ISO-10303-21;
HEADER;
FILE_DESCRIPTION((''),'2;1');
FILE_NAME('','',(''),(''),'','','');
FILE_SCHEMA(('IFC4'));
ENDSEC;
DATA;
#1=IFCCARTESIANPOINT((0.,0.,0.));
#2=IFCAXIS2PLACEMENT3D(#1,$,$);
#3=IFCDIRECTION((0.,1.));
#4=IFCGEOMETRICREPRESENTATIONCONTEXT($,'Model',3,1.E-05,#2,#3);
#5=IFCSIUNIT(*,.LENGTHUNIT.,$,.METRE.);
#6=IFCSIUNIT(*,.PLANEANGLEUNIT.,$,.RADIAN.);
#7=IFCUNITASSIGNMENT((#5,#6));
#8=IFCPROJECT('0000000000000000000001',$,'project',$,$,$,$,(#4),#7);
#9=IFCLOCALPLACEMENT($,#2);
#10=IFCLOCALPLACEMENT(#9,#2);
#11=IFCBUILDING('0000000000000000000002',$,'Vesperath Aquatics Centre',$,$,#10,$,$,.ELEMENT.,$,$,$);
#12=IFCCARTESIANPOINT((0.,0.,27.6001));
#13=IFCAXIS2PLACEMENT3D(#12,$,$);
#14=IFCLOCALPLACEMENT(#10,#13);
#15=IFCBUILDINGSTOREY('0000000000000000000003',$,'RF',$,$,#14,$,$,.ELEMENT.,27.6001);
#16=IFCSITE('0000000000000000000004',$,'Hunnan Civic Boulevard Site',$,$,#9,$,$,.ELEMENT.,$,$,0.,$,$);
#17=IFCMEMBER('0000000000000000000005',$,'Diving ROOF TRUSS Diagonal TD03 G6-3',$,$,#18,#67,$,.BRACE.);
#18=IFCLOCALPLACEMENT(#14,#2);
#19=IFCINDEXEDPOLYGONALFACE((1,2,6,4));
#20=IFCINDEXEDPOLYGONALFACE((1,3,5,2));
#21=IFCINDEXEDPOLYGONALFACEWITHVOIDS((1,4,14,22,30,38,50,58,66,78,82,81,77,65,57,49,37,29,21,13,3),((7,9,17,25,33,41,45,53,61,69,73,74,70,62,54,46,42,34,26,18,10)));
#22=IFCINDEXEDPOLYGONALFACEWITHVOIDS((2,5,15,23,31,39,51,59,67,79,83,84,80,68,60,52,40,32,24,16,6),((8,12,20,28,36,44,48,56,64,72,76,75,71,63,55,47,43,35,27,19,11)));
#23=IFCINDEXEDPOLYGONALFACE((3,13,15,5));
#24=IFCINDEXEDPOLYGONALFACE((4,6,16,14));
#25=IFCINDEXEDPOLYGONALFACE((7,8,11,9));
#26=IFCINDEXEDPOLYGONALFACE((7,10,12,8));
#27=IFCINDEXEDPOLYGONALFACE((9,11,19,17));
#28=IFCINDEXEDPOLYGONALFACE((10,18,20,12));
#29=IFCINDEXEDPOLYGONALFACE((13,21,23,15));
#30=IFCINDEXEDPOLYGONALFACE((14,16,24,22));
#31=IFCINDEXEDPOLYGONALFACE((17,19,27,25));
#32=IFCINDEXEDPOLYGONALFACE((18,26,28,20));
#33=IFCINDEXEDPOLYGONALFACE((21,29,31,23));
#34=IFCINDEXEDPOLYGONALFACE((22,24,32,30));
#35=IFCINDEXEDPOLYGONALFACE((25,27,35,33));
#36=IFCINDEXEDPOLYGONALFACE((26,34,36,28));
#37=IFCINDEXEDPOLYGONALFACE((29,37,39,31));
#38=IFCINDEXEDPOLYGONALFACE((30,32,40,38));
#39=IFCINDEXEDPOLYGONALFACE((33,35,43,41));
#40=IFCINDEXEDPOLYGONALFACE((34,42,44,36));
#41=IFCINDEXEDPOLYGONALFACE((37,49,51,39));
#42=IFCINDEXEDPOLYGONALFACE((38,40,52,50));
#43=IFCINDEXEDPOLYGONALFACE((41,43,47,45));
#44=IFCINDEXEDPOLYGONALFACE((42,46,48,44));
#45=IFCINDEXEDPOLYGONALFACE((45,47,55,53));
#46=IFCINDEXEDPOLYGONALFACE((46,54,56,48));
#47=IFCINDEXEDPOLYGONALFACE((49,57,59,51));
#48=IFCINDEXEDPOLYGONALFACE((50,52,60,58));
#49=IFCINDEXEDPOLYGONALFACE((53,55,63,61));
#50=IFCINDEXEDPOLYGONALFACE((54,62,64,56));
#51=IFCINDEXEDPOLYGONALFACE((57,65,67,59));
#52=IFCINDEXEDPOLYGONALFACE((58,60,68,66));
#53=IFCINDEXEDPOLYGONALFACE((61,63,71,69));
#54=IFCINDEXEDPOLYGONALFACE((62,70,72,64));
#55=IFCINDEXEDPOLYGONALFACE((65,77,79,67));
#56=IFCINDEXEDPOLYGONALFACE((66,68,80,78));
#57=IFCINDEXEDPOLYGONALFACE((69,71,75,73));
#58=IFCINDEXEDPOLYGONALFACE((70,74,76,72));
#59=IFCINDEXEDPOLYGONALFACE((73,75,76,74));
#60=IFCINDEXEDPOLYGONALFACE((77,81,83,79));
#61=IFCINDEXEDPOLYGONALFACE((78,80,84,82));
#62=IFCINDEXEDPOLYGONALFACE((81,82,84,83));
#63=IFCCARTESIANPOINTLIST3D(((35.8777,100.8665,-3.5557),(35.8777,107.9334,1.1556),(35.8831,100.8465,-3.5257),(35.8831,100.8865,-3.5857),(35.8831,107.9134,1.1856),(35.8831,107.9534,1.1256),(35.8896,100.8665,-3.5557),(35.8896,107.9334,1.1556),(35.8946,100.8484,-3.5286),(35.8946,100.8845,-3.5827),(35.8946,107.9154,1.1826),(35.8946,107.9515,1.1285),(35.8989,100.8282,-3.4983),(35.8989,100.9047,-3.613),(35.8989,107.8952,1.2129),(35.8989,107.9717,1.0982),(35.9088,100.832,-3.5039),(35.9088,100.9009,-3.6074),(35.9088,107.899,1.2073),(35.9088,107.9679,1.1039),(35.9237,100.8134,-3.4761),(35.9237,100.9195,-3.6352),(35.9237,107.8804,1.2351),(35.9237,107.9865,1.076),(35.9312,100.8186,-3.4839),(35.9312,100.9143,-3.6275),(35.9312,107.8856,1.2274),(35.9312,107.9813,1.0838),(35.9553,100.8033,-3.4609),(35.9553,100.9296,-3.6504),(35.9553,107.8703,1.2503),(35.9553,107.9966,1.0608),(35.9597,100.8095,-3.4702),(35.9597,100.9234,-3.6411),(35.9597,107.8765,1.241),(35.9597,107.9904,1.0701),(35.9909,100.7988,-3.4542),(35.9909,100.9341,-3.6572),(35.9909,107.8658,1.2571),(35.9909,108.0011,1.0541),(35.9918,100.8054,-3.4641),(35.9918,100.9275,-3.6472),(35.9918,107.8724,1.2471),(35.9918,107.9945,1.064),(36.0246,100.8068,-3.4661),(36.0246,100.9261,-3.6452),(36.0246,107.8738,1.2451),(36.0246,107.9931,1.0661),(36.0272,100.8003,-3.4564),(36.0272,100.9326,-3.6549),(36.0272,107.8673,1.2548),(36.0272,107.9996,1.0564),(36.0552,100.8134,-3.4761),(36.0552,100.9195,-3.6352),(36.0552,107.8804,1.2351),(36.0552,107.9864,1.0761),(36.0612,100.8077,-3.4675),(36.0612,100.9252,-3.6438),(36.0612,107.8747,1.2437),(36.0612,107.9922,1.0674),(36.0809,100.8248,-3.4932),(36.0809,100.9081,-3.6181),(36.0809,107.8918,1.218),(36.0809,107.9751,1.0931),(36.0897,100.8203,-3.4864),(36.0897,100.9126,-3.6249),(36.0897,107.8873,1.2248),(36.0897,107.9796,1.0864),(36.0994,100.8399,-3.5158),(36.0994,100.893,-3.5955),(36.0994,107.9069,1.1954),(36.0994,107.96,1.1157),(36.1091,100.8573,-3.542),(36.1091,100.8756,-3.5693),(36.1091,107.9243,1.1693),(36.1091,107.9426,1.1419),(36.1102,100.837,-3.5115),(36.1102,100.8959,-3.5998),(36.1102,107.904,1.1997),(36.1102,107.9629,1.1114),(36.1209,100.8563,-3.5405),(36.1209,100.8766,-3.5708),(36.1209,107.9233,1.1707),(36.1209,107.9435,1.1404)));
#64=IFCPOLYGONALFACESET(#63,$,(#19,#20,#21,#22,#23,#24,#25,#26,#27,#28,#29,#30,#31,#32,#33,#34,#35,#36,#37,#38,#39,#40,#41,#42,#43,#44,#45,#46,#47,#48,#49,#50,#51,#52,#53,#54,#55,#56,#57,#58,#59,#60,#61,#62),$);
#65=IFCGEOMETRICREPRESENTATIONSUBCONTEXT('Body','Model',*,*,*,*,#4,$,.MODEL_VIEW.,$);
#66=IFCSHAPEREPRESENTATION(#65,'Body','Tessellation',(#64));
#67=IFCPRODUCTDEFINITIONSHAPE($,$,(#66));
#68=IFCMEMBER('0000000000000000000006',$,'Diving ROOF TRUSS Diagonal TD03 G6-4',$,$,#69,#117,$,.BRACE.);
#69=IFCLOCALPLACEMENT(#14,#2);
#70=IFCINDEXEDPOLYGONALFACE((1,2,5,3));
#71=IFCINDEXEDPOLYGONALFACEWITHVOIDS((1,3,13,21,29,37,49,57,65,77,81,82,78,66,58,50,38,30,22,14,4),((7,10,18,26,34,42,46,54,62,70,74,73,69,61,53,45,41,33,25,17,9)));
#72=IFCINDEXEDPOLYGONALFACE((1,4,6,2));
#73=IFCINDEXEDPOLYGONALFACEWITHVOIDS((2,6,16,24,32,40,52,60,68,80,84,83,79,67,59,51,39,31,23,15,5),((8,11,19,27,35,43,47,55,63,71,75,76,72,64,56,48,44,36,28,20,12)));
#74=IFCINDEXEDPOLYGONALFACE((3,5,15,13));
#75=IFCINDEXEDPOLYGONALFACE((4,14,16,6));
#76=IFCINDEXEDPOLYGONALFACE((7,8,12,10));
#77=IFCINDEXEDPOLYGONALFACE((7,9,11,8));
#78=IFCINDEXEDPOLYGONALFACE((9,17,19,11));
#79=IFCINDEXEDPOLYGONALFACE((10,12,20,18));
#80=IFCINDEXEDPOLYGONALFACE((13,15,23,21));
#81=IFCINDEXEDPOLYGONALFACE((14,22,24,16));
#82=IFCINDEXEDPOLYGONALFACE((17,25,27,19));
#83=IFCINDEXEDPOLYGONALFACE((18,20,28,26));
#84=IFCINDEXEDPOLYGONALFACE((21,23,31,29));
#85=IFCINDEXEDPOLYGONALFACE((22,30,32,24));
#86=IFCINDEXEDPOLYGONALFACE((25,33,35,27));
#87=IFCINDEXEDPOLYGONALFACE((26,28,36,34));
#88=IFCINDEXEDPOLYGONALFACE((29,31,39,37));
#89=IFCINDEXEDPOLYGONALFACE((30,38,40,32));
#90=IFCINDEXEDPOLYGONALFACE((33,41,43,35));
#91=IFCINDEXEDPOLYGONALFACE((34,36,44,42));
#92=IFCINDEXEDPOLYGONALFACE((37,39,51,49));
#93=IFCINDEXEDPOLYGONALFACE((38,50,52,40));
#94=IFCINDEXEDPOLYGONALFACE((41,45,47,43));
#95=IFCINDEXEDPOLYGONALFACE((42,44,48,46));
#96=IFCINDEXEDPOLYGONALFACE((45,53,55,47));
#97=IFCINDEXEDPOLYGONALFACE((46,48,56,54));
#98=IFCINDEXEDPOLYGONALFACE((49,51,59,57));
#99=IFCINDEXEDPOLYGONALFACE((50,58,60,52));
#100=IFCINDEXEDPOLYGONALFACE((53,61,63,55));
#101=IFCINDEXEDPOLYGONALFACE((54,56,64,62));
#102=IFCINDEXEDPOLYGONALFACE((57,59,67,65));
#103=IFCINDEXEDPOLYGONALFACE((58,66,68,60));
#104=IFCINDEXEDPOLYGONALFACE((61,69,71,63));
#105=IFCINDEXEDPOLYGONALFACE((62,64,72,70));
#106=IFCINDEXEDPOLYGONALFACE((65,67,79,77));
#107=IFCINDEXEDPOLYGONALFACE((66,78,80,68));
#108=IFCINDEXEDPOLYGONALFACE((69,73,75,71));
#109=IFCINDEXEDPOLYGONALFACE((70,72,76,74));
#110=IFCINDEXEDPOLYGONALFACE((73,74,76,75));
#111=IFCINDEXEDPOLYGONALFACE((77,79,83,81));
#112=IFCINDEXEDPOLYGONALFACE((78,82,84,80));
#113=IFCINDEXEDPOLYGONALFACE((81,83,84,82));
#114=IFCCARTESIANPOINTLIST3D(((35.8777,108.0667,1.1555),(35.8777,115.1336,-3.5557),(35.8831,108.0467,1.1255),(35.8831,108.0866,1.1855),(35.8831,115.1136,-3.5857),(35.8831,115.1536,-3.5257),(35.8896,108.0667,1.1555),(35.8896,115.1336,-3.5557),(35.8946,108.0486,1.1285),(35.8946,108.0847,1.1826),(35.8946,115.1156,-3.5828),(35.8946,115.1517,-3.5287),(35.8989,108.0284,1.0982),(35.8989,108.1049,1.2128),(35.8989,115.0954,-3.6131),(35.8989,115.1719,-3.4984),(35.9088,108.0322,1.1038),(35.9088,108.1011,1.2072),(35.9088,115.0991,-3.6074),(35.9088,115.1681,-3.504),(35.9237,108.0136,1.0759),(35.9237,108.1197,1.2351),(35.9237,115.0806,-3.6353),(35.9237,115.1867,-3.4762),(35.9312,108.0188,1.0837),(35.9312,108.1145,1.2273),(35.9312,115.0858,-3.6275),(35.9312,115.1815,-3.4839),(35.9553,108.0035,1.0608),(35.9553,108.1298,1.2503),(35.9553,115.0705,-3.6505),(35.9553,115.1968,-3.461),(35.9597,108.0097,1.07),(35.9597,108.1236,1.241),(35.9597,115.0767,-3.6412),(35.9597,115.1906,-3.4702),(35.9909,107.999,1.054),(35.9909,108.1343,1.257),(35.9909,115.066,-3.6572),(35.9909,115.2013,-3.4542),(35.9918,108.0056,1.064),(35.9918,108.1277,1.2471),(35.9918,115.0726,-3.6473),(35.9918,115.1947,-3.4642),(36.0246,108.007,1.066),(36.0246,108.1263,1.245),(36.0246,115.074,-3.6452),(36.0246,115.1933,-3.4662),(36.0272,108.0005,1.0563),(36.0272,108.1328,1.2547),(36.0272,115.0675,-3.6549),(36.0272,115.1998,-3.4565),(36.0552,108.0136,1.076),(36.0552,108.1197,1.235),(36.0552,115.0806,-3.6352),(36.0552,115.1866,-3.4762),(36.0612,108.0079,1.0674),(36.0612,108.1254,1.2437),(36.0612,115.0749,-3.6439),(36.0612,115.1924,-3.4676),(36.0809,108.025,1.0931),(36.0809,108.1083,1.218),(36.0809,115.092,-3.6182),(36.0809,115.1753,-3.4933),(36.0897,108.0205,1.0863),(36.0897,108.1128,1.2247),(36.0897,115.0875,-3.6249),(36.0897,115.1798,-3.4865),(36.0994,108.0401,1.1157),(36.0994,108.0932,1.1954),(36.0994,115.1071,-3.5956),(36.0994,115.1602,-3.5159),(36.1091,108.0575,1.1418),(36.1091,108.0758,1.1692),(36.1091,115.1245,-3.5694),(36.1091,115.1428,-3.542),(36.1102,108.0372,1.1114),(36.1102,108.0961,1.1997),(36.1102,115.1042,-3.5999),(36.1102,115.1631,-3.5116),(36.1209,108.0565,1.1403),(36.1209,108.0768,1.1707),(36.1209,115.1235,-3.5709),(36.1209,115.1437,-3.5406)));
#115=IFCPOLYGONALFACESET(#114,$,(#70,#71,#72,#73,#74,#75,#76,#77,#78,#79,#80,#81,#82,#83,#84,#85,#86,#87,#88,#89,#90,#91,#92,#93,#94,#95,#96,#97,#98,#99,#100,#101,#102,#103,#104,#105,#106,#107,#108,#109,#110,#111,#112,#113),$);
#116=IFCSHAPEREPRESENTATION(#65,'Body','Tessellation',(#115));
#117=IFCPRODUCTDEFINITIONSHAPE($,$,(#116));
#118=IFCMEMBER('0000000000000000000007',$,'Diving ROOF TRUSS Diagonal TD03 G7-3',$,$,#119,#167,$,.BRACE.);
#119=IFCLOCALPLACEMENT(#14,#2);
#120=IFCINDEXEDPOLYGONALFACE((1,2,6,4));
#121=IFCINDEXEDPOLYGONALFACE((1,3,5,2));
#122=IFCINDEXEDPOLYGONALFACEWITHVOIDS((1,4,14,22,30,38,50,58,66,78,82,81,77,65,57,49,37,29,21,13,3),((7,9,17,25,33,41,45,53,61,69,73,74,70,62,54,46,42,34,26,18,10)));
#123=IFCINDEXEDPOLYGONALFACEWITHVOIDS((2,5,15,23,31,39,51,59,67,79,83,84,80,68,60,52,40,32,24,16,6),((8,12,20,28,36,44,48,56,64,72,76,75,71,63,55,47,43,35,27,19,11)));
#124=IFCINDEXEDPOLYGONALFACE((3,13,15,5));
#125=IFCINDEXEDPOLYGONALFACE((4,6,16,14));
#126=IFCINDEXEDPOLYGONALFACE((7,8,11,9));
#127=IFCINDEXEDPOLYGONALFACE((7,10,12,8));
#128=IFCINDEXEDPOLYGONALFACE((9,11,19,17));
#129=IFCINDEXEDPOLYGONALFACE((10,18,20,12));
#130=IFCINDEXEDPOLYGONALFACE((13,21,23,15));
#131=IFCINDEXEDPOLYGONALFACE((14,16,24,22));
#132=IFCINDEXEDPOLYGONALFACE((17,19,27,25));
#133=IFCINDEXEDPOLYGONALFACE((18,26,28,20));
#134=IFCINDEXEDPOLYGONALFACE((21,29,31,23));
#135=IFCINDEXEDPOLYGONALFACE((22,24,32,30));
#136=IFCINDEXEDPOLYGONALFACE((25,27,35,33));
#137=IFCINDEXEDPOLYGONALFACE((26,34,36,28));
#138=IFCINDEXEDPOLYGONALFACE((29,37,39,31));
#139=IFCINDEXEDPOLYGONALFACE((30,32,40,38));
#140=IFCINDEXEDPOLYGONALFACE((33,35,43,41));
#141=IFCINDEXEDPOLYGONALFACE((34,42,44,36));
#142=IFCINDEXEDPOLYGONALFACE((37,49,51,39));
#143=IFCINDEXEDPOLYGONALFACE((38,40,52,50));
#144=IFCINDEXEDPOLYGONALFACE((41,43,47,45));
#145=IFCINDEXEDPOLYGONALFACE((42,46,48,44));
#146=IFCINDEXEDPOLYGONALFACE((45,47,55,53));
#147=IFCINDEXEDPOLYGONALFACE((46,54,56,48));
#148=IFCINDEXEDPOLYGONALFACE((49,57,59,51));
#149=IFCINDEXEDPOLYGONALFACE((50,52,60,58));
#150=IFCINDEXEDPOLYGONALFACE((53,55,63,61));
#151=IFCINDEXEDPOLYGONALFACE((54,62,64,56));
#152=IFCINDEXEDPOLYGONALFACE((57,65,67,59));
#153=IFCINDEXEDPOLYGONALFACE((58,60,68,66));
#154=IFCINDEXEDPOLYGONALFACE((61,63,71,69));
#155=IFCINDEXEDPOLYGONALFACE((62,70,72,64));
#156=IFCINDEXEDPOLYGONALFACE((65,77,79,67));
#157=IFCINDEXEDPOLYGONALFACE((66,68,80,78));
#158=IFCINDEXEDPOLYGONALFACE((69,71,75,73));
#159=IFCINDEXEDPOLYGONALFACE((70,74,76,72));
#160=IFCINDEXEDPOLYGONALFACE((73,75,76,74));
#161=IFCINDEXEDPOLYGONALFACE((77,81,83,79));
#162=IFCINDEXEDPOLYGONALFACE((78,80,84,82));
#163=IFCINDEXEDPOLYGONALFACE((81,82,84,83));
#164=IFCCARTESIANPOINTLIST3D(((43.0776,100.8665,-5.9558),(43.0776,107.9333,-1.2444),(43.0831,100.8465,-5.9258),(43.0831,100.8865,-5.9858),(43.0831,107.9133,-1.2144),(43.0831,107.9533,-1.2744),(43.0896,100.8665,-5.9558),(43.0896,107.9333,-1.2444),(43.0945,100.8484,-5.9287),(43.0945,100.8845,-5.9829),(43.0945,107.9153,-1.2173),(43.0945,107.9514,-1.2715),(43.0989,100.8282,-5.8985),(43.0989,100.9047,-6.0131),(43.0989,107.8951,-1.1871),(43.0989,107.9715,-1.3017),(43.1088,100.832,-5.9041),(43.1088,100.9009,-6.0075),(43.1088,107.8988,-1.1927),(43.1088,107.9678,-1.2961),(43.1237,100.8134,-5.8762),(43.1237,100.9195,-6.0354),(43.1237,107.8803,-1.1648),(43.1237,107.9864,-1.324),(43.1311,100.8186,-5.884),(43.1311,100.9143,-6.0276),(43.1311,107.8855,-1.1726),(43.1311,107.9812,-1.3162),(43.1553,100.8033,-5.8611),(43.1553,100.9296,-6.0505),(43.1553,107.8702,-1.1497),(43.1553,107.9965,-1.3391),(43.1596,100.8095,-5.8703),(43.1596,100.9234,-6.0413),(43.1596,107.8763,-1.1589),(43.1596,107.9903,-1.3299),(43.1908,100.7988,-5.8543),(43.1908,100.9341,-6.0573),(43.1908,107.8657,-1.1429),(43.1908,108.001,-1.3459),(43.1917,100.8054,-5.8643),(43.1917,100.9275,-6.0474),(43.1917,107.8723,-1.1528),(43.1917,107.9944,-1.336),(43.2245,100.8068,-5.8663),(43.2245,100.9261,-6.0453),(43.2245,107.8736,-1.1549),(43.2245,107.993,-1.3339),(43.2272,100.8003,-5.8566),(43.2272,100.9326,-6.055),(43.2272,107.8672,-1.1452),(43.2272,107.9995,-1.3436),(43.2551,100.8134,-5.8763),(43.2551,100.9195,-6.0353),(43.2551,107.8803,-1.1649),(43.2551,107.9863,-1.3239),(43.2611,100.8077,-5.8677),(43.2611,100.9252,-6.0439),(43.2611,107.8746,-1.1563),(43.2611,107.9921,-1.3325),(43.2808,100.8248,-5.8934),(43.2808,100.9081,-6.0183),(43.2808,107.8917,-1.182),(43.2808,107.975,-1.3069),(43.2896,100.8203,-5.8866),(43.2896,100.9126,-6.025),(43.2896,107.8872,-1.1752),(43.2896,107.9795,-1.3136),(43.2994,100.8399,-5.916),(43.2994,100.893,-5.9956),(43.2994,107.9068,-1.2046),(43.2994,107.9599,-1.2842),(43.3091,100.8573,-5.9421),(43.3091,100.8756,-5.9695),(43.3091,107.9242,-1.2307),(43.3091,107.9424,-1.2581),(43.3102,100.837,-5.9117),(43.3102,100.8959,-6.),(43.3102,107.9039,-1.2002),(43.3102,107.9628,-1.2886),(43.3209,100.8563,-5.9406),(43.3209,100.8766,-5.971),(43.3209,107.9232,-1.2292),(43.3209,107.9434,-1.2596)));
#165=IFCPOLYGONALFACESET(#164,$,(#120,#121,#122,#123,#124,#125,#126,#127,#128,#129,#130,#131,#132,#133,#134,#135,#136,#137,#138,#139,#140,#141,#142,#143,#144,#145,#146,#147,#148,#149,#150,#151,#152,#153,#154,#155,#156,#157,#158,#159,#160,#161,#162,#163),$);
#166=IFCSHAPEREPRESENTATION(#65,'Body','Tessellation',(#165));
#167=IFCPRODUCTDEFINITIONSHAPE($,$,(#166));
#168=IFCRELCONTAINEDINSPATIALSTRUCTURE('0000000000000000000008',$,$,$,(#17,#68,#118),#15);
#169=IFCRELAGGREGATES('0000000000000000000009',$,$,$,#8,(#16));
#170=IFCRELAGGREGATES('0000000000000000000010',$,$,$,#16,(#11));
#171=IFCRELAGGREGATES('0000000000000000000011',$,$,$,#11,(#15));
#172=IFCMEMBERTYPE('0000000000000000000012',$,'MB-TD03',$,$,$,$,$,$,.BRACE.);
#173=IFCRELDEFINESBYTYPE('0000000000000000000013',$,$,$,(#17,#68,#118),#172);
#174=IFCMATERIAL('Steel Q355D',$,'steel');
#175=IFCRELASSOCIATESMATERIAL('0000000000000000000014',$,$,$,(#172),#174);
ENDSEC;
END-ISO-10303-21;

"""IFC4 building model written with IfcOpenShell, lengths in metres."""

from ifc_helpers import new_model, si_unit, direction, frame, origin, origin_2d, place, context, subcontext, project, spatial, hollow_circle, extrude, material, material_profile, profile_set, type_object, element, save


model = new_model("IFC4")

# Units and contexts
model_context = context("Model", 3, precision=1e-05, world=origin(), true_north=direction((0.0, 1.0)))
body_context = subcontext(model_context, "Body", "Model", "MODEL_VIEW")
ifc_project = project(units=[si_unit("LENGTHUNIT", "METRE"), si_unit("PLANEANGLEUNIT", "RADIAN")], contexts=[model_context])

# Site, building, storey
site_placement = place(None, origin())
site = spatial("IfcSite", under=ifc_project, at=site_placement, Name="Hunnan Civic Boulevard Site", CompositionType="ELEMENT", RefElevation=0.0)
building_placement = place(site_placement, origin())
building = spatial("IfcBuilding", under=site, at=building_placement, Name="Vesperath Aquatics Centre", CompositionType="ELEMENT")
storey_placement = place(building_placement, frame((0.0, 0.0, 27.6001)))
storey = spatial("IfcBuildingStorey", under=building, at=storey_placement, Name="RF", CompositionType="ELEMENT", Elevation=27.6001)

# Members
ifc_material_1 = material(Name="Steel Q355D", Category="steel")
ifc_material_profile_1 = material_profile(ifc_material_1, hollow_circle(Radius=0.1223, WallThickness=0.012, at=origin_2d()), Name="CHS 244.5x12")
ifc_profile_set_1 = profile_set([ifc_material_profile_1], Name="Steel Q355D")
member_type_1 = type_object("IfcMemberType", Name="MB-TD03", PredefinedType="BRACE", material=ifc_profile_set_1)
for number, where, z_axis, x_axis, name in (
    (1, (36.0, 100.8665, -3.5557), (0.0, 0.832055, 0.554694), (-1.0, 0.0, 0.0), "Diving ROOF TRUSS Diagonal TD03 G6-3"),
    (2, (36.0, 108.0667, 1.1555), (0.0, 0.832055, -0.554694), (-1.0, 0.0, 0.0), "Diving ROOF TRUSS Diagonal TD03 G6-4"),
    (3, (43.2, 100.8665, -5.9558), (0.0, 0.832041, 0.554713), (-1.0, 0.0, 0.0), "Diving ROOF TRUSS Diagonal TD03 G7-3"),
):
    element("IfcMember", number, at=place(storey_placement, frame(where, z_axis=z_axis, x_axis=x_axis)), inside=storey, type_object=member_type_1, Name=name, PredefinedType="BRACE", context=body_context, shape_type="SweptSolid", body=[
        extrude(hollow_circle(Radius=0.1223, WallThickness=0.012, at=origin_2d()), origin(), (0.0, 0.0, 1.0), 8.4934),
    ])

save(model, "model.ifc")
